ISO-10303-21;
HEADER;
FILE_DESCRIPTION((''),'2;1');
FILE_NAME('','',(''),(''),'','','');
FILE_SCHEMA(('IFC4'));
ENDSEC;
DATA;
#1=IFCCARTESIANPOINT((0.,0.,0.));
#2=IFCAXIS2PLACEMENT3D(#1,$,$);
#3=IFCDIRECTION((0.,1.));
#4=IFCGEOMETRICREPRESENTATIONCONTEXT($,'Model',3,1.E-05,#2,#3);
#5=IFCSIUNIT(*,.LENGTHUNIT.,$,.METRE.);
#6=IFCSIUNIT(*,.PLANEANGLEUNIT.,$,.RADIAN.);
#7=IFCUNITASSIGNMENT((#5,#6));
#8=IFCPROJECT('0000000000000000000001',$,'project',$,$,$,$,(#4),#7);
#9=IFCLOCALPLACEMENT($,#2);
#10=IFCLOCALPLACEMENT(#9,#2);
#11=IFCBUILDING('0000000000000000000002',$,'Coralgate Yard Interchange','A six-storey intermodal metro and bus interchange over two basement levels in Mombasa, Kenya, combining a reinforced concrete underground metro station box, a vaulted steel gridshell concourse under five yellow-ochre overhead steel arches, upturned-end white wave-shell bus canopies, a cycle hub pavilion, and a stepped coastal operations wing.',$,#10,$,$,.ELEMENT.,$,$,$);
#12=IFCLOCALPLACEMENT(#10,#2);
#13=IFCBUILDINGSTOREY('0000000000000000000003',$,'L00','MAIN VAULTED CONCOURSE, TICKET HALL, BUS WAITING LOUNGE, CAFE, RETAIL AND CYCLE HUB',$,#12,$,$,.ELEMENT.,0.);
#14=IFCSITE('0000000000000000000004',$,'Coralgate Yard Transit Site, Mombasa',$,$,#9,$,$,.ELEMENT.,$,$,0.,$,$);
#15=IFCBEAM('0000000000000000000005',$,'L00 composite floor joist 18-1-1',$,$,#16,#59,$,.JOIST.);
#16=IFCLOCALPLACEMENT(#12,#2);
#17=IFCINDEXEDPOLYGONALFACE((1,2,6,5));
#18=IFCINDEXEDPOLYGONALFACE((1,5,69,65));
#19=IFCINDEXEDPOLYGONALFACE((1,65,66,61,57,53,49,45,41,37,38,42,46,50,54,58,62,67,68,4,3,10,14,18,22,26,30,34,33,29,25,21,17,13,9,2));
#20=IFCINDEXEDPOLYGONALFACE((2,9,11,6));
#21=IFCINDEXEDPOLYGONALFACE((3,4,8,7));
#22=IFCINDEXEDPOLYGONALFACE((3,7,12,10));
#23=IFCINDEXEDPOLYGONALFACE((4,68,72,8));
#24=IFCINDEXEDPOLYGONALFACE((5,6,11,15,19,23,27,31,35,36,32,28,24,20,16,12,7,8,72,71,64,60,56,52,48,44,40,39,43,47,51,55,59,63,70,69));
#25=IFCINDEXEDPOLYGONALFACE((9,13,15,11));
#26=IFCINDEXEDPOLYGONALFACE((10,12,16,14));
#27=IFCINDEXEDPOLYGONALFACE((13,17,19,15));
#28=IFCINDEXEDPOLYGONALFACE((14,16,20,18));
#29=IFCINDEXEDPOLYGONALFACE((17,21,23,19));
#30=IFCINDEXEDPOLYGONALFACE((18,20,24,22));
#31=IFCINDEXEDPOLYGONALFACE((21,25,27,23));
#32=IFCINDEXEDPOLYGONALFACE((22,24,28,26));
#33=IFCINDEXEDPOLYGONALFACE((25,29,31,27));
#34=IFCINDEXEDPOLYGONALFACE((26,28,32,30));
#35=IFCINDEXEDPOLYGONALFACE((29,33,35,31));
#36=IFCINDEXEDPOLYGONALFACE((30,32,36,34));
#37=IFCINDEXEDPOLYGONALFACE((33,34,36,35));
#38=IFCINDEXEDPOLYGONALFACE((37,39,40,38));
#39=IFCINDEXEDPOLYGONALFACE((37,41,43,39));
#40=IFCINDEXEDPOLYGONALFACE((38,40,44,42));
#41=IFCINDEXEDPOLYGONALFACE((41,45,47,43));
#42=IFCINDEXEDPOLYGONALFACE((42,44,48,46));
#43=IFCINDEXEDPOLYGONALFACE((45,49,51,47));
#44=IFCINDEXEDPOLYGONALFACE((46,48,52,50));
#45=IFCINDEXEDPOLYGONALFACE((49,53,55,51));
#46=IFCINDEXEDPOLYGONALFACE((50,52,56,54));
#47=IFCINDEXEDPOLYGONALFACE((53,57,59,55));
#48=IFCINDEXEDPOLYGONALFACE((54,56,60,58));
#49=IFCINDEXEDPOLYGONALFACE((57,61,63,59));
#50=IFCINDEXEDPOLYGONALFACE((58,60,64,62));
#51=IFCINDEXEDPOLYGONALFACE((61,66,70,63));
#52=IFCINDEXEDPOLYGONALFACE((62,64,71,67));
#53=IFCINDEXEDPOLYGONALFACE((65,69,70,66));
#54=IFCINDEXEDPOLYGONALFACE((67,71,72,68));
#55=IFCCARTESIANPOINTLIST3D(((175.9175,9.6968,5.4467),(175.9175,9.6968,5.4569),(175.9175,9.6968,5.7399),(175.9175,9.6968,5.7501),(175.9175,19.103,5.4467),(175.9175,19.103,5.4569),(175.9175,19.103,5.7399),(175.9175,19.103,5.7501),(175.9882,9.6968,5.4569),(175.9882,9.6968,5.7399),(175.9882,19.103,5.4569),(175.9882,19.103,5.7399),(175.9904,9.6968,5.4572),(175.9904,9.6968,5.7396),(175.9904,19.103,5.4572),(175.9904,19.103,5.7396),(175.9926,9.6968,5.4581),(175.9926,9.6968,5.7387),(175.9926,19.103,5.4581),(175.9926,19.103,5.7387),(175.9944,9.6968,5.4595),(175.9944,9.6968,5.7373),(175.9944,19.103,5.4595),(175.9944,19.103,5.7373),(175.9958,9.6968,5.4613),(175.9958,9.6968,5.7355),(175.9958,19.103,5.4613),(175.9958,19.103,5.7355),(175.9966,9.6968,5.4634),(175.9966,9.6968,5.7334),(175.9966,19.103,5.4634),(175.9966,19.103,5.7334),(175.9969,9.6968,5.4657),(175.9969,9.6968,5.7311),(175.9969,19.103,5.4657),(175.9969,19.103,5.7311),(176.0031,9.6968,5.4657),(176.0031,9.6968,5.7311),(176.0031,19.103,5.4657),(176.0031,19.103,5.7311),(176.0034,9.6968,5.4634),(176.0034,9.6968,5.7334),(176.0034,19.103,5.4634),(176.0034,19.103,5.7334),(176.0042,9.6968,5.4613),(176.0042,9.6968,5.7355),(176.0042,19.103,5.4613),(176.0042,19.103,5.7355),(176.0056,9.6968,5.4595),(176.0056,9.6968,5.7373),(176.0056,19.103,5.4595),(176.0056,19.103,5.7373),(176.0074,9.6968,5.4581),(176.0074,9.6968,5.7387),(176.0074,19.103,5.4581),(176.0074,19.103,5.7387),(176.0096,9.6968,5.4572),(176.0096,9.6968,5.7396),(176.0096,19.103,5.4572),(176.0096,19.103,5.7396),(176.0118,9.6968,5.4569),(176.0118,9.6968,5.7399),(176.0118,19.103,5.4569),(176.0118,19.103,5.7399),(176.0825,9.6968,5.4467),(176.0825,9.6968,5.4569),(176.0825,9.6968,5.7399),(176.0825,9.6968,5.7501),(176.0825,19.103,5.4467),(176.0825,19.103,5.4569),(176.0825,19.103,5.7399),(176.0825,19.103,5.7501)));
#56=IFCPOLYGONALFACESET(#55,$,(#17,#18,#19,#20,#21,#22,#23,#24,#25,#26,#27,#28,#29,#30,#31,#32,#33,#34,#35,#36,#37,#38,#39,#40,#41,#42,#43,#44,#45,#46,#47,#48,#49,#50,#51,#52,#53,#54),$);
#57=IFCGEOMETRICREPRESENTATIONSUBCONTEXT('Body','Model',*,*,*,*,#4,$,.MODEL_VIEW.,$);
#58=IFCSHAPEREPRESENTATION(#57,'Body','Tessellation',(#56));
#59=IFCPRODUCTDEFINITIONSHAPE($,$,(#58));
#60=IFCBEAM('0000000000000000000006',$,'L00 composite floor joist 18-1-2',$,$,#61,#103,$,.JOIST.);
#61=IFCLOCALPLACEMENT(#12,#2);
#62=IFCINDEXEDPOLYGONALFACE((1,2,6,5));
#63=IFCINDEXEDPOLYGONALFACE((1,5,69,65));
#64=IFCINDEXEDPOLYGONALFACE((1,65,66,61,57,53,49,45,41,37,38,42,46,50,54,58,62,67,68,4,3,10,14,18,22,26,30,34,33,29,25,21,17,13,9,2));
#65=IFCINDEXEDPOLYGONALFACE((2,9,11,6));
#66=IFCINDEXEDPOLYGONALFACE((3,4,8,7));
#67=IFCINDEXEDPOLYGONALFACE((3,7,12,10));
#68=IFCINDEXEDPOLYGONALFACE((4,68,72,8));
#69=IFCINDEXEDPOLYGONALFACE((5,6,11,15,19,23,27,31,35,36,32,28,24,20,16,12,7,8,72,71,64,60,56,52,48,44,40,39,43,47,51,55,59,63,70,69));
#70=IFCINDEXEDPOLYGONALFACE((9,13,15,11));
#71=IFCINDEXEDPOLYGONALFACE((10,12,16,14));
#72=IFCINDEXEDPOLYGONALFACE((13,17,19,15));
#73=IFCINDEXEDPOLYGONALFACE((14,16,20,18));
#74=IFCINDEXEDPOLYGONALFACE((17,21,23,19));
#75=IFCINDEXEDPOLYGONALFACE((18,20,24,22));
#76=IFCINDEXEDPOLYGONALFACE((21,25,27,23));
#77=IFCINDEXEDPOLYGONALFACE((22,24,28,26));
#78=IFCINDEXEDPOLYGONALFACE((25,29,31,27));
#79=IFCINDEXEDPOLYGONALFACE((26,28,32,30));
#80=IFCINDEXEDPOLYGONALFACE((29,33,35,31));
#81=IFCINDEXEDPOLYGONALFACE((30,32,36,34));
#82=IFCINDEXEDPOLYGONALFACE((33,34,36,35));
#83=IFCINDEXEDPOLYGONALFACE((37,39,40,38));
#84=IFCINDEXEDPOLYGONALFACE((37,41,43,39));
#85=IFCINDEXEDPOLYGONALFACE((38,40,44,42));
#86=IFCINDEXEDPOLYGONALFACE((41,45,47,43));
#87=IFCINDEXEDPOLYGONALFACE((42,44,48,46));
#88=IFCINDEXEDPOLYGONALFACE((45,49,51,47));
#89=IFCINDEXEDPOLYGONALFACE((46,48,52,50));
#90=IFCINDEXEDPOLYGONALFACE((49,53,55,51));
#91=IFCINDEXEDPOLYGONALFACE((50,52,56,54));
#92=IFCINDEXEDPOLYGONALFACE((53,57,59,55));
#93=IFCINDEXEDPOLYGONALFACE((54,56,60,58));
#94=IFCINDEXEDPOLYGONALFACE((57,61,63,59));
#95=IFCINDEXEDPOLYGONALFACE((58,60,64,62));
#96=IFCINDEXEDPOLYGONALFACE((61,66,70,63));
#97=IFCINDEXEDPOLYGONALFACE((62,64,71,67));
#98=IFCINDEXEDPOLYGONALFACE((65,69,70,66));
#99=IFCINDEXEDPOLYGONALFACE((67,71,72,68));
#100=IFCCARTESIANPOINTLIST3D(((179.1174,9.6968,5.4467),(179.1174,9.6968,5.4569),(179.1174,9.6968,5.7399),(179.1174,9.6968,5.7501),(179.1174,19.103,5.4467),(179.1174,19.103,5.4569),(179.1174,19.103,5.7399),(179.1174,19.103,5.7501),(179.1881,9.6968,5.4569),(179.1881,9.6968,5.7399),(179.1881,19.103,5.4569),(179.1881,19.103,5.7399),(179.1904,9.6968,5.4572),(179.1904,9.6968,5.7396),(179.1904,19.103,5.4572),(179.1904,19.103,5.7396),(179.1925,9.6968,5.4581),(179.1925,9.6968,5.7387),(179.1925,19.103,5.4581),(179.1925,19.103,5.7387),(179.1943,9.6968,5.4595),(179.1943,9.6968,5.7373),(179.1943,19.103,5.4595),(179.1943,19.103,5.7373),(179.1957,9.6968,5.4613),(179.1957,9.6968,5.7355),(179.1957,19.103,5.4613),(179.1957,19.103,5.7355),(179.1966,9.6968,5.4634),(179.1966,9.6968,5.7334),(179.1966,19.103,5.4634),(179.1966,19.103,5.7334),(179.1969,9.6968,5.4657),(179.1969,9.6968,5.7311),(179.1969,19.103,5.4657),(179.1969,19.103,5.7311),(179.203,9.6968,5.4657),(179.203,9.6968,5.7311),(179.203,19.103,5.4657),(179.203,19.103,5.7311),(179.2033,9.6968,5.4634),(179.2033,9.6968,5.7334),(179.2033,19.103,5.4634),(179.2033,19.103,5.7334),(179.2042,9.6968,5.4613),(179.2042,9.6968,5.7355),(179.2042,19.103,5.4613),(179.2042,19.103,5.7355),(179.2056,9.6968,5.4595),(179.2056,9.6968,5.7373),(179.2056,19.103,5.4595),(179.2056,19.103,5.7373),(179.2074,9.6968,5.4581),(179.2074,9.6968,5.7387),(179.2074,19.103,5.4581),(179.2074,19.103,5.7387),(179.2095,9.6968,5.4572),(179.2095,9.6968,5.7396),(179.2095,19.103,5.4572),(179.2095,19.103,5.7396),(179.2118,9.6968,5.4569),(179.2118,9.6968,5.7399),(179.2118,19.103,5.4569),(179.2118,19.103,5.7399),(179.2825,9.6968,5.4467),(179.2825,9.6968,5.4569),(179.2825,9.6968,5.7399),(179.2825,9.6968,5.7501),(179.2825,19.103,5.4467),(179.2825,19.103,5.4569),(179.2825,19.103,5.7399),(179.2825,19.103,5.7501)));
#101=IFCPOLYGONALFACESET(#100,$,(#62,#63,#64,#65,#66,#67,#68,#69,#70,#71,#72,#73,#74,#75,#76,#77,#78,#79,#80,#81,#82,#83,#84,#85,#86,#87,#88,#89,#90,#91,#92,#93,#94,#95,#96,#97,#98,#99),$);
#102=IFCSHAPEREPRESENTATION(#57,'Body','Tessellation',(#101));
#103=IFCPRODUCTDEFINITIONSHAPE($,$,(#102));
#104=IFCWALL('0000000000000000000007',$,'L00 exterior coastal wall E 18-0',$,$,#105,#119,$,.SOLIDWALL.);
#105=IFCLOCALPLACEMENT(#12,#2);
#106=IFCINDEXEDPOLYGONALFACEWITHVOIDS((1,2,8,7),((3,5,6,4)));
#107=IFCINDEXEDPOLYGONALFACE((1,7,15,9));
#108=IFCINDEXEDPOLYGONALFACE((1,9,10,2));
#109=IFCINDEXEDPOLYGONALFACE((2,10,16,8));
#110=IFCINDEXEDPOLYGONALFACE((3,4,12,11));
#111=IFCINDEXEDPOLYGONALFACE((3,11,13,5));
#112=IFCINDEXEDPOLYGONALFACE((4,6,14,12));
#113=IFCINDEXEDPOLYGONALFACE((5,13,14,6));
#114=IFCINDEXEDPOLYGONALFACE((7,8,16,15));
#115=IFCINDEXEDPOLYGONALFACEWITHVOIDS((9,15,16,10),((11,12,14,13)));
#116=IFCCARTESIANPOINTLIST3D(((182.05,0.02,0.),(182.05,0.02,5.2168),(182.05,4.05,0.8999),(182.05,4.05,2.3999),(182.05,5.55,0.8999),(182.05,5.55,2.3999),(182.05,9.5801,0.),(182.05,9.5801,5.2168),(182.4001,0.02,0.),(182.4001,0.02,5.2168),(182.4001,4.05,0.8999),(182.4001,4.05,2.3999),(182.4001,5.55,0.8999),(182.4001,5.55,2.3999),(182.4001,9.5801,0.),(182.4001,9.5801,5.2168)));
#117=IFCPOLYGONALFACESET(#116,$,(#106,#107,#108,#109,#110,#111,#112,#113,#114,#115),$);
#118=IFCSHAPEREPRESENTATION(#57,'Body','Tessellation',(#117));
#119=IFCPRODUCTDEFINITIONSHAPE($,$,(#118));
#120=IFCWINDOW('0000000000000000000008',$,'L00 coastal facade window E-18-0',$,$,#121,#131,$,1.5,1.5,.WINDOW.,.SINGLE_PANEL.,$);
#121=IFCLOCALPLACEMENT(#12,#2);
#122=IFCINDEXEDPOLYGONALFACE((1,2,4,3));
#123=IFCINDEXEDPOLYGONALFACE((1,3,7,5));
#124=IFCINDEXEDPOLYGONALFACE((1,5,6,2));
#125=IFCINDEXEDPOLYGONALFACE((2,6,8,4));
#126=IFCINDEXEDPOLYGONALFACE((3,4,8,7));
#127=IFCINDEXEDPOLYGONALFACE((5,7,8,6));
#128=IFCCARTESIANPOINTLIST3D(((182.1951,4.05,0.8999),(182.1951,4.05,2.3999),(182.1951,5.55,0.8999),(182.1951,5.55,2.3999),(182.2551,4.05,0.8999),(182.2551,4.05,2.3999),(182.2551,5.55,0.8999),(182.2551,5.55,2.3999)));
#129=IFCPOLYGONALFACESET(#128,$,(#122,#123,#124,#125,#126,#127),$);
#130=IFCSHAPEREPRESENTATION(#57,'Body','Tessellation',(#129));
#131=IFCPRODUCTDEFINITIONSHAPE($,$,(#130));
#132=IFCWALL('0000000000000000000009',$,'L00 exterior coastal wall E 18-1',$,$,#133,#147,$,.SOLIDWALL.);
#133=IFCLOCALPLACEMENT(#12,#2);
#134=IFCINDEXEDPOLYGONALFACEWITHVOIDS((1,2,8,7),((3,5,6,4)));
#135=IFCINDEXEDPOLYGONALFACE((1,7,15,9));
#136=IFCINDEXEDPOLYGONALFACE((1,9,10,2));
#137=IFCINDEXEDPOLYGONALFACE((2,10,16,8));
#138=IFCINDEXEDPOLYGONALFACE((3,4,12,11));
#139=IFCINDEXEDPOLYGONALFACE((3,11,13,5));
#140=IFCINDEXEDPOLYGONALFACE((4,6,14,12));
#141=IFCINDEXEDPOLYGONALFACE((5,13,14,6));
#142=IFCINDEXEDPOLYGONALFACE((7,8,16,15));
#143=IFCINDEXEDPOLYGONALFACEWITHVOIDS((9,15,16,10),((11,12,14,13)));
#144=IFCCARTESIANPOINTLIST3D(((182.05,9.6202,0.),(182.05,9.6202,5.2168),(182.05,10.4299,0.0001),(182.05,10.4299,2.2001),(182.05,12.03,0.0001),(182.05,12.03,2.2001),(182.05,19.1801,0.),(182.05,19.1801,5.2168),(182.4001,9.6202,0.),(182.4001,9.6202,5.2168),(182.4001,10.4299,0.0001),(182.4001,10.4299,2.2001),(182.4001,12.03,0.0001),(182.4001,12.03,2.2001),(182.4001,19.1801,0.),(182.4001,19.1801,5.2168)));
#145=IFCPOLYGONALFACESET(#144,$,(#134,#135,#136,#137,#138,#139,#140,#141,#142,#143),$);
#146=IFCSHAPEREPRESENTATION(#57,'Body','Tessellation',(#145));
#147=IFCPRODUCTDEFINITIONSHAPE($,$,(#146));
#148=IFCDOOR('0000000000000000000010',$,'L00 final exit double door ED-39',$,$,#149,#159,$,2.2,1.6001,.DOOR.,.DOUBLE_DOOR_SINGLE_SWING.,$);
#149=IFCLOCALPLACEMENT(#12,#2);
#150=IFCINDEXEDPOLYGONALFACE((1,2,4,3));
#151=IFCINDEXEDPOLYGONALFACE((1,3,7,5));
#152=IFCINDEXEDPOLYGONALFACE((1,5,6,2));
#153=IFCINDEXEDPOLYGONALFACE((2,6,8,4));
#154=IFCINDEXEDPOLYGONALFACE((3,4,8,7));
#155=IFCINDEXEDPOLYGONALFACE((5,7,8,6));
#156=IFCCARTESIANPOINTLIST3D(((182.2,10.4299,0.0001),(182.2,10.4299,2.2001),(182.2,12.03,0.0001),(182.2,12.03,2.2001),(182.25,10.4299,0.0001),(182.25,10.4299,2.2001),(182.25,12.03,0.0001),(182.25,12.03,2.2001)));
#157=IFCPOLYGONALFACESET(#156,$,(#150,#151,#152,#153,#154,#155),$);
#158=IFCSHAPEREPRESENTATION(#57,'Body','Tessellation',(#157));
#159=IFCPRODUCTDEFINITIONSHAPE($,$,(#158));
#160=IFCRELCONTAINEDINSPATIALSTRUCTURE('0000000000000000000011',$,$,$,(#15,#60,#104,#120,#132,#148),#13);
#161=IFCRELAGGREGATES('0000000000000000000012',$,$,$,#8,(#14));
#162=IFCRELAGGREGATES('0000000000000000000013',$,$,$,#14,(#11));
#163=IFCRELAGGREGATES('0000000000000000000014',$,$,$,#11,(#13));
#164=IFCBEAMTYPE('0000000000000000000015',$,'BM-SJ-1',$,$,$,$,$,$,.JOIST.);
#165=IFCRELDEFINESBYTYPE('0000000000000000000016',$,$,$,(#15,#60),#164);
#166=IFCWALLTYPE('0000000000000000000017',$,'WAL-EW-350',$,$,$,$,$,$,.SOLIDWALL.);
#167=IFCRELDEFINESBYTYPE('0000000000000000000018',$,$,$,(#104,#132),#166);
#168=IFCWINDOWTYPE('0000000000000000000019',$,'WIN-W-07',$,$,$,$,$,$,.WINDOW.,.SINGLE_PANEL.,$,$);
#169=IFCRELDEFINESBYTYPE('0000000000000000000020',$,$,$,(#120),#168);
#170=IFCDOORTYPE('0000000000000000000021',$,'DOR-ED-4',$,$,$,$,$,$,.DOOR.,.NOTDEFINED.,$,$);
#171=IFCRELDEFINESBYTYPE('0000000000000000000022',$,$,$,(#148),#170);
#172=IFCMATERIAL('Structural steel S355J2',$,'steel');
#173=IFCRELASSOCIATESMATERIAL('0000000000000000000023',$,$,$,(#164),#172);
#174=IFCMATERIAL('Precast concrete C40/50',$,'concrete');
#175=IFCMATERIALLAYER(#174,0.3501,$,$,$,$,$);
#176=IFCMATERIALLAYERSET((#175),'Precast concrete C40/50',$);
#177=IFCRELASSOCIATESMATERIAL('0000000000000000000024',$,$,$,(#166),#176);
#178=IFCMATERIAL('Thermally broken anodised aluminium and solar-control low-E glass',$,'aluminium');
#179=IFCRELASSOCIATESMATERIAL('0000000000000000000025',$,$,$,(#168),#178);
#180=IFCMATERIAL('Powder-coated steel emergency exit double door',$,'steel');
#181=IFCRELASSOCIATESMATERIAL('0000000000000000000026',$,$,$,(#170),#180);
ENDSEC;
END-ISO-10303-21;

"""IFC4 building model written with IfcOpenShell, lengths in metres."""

from ifc_helpers import new_model, si_unit, direction, frame, frame_2d, origin, origin_2d, place, context, subcontext, project, spatial, rectangle, i_section, extrude, material, layer, layer_set, material_profile, profile_set, type_object, element, fill, save


model = new_model("IFC4")

# Units and contexts
model_context = context("Model", 3, precision=1e-05, world=origin(), true_north=direction((0.0, 1.0)))
body_context = subcontext(model_context, "Body", "Model", "MODEL_VIEW")
ifc_project = project(units=[si_unit("LENGTHUNIT", "METRE"), si_unit("PLANEANGLEUNIT", "RADIAN")], contexts=[model_context])

# Site, building, storey
site_placement = place(None, origin())
site = spatial("IfcSite", under=ifc_project, at=site_placement, Name="Coralgate Yard Transit Site, Mombasa", CompositionType="ELEMENT", RefElevation=0.0)
building_placement = place(site_placement, origin())
building = spatial("IfcBuilding", under=site, at=building_placement, Name="Coralgate Yard Interchange", Description="A six-storey intermodal metro and bus interchange over two basement levels in Mombasa, Kenya, combining a reinforced concrete underground metro station box, a vaulted steel gridshell concourse under five yellow-ochre overhead steel arches, upturned-end white wave-shell bus canopies, a cycle hub pavilion, and a stepped coastal operations wing.", CompositionType="ELEMENT")
storey_placement = place(building_placement, origin())
storey = spatial("IfcBuildingStorey", under=building, at=storey_placement, Name="L00", Description="MAIN VAULTED CONCOURSE, TICKET HALL, BUS WAITING LOUNGE, CAFE, RETAIL AND CYCLE HUB", CompositionType="ELEMENT", Elevation=0.0)

# Shared definitions
ifc_material_1 = material(Name="Structural steel S355J2", Category="steel")

# Beams
ifc_material_profile_1 = material_profile(ifc_material_1, i_section(OverallWidth=0.165, OverallDepth=0.3035, WebThickness=0.0061, FlangeThickness=0.0103, FilletRadius=0.0088, at=origin_2d()), Name="UB 305x165x40")
ifc_profile_set_1 = profile_set([ifc_material_profile_1], Name="Structural steel S355J2")
beam_type_1 = type_object("IfcBeamType", Name="BM-SJ-1", PredefinedType="JOIST", material=ifc_profile_set_1)
for number, where, z_axis, x_axis, name in (
    (1, (176.0, 9.6968, 5.5984), (0.0, 1.0, 0.0), (-1.0, 0.0, 0.0), "L00 composite floor joist 18-1-1"),
    (2, (179.2, 9.6968, 5.5984), (0.0, 1.0, 0.0), (-1.0, 0.0, 0.0), "L00 composite floor joist 18-1-2"),
):
    element("IfcBeam", number, at=place(storey_placement, frame(where, z_axis=z_axis, x_axis=x_axis)), inside=storey, type_object=beam_type_1, Name=name, PredefinedType="JOIST", context=body_context, shape_type="SweptSolid", body=[
        extrude(i_section(OverallWidth=0.165, OverallDepth=0.3035, WebThickness=0.0061, FlangeThickness=0.0103, FilletRadius=0.0088, at=origin_2d()), origin(), (0.0, 0.0, 1.0), 9.4062),
    ])

# Wall, opening, window
ifc_material_2 = material(Name="Precast concrete C40/50", Category="concrete")
ifc_layer_1 = layer(ifc_material_2, 0.3501)
ifc_layer_set_1 = layer_set([ifc_layer_1], Name="Precast concrete C40/50")
wall_type_1 = type_object("IfcWallType", Name="WAL-EW-350", PredefinedType="SOLIDWALL", material=ifc_layer_set_1)
wall_1_placement = place(storey_placement, frame((182.2251, 9.5801, 0.0), z_axis=(0.0, 0.0, 1.0), x_axis=(0.0, -1.0, 0.0)))
wall_1 = element("IfcWall", 3, at=wall_1_placement, inside=storey, type_object=wall_type_1, Name="L00 exterior coastal wall E 18-0", PredefinedType="SOLIDWALL", context=body_context, shape_type="SweptSolid", body=[
    extrude(rectangle(XDim=9.5601, YDim=0.3501, at=frame_2d((4.78, 0.0))), origin(), (0.0, 0.0, 1.0), 5.2168),
])
opening_1_placement = place(wall_1_placement, frame((4.03, 0.0, 0.8999)))
opening_1 = element("IfcOpeningElement", 4, at=opening_1_placement, cuts=wall_1, PredefinedType="OPENING", context=body_context, shape_type="SweptSolid", body=[
    extrude(rectangle(XDim=1.5, YDim=1.5, at=frame_2d((0.75, 0.75))), frame((0.0, 0.1851, 0.0), z_axis=(0.0, -1.0, 0.0), x_axis=(1.0, 0.0, 0.0)), (0.0, 0.0, 1.0), 0.3701),
])
ifc_material_3 = material(Name="Thermally broken anodised aluminium and solar-control low-E glass", Category="aluminium")
window_type = type_object("IfcWindowType", Name="WIN-W-07", PartitioningType="SINGLE_PANEL", PredefinedType="WINDOW", material=ifc_material_3)
window_placement = place(opening_1_placement, origin())
window = element("IfcWindow", 5, at=window_placement, inside=storey, type_object=window_type, Name="L00 coastal facade window E-18-0", OverallHeight=1.5, OverallWidth=1.5, PartitioningType="SINGLE_PANEL", PredefinedType="WINDOW", context=body_context, shape_type="SweptSolid", body=[
    extrude(rectangle(XDim=1.5, YDim=1.5, at=frame_2d((0.75, 0.75))), frame((0.0, 0.03, 0.0), z_axis=(0.0, -1.0, 0.0), x_axis=(1.0, 0.0, 0.0)), (0.0, 0.0, 1.0), 0.0601),
])
fill(opening_1, window)

# Wall, opening, door
wall_2_placement = place(storey_placement, frame((182.2251, 19.1799, 0.0), z_axis=(0.0, 0.0, 1.0), x_axis=(0.0, -1.0, 0.0)))
wall_2 = element("IfcWall", 6, at=wall_2_placement, inside=storey, type_object=wall_type_1, Name="L00 exterior coastal wall E 18-1", PredefinedType="SOLIDWALL", context=body_context, shape_type="SweptSolid", body=[
    extrude(rectangle(XDim=9.5598, YDim=0.3501, at=frame_2d((4.7798, 0.0))), origin(), (0.0, 0.0, 1.0), 5.2168),
])
opening_2_placement = place(wall_2_placement, frame((7.1499, 0.0, 0.0)))
opening_2 = element("IfcOpeningElement", 7, at=opening_2_placement, cuts=wall_2, PredefinedType="OPENING", context=body_context, shape_type="SweptSolid", body=[
    extrude(rectangle(XDim=1.6001, YDim=2.2, at=frame_2d((0.8, 1.1001))), frame((0.0, 0.1851, 0.0), z_axis=(0.0, -1.0, 0.0), x_axis=(1.0, 0.0, 0.0)), (0.0, 0.0, 1.0), 0.3701),
])
ifc_material_4 = material(Name="Powder-coated steel emergency exit double door", Category="steel")
door_type_1 = type_object("IfcDoorType", Name="DOR-ED-4", OperationType="NOTDEFINED", PredefinedType="DOOR", material=ifc_material_4)
door_1_placement = place(opening_2_placement, origin())
door_1 = element("IfcDoor", 8, at=door_1_placement, inside=storey, type_object=door_type_1, Name="L00 final exit double door ED-39", OperationType="DOUBLE_DOOR_SINGLE_SWING", OverallHeight=2.2, OverallWidth=1.6001, PredefinedType="DOOR", context=body_context, shape_type="SweptSolid", body=[
    extrude(rectangle(XDim=1.6001, YDim=2.2, at=frame_2d((0.8, 1.1001))), frame((0.0, 0.0249, 0.0), z_axis=(0.0, -1.0, 0.0), x_axis=(1.0, 0.0, 0.0)), (0.0, 0.0, 1.0), 0.05),
])
fill(opening_2, door_1)

save(model, "model.ifc")
